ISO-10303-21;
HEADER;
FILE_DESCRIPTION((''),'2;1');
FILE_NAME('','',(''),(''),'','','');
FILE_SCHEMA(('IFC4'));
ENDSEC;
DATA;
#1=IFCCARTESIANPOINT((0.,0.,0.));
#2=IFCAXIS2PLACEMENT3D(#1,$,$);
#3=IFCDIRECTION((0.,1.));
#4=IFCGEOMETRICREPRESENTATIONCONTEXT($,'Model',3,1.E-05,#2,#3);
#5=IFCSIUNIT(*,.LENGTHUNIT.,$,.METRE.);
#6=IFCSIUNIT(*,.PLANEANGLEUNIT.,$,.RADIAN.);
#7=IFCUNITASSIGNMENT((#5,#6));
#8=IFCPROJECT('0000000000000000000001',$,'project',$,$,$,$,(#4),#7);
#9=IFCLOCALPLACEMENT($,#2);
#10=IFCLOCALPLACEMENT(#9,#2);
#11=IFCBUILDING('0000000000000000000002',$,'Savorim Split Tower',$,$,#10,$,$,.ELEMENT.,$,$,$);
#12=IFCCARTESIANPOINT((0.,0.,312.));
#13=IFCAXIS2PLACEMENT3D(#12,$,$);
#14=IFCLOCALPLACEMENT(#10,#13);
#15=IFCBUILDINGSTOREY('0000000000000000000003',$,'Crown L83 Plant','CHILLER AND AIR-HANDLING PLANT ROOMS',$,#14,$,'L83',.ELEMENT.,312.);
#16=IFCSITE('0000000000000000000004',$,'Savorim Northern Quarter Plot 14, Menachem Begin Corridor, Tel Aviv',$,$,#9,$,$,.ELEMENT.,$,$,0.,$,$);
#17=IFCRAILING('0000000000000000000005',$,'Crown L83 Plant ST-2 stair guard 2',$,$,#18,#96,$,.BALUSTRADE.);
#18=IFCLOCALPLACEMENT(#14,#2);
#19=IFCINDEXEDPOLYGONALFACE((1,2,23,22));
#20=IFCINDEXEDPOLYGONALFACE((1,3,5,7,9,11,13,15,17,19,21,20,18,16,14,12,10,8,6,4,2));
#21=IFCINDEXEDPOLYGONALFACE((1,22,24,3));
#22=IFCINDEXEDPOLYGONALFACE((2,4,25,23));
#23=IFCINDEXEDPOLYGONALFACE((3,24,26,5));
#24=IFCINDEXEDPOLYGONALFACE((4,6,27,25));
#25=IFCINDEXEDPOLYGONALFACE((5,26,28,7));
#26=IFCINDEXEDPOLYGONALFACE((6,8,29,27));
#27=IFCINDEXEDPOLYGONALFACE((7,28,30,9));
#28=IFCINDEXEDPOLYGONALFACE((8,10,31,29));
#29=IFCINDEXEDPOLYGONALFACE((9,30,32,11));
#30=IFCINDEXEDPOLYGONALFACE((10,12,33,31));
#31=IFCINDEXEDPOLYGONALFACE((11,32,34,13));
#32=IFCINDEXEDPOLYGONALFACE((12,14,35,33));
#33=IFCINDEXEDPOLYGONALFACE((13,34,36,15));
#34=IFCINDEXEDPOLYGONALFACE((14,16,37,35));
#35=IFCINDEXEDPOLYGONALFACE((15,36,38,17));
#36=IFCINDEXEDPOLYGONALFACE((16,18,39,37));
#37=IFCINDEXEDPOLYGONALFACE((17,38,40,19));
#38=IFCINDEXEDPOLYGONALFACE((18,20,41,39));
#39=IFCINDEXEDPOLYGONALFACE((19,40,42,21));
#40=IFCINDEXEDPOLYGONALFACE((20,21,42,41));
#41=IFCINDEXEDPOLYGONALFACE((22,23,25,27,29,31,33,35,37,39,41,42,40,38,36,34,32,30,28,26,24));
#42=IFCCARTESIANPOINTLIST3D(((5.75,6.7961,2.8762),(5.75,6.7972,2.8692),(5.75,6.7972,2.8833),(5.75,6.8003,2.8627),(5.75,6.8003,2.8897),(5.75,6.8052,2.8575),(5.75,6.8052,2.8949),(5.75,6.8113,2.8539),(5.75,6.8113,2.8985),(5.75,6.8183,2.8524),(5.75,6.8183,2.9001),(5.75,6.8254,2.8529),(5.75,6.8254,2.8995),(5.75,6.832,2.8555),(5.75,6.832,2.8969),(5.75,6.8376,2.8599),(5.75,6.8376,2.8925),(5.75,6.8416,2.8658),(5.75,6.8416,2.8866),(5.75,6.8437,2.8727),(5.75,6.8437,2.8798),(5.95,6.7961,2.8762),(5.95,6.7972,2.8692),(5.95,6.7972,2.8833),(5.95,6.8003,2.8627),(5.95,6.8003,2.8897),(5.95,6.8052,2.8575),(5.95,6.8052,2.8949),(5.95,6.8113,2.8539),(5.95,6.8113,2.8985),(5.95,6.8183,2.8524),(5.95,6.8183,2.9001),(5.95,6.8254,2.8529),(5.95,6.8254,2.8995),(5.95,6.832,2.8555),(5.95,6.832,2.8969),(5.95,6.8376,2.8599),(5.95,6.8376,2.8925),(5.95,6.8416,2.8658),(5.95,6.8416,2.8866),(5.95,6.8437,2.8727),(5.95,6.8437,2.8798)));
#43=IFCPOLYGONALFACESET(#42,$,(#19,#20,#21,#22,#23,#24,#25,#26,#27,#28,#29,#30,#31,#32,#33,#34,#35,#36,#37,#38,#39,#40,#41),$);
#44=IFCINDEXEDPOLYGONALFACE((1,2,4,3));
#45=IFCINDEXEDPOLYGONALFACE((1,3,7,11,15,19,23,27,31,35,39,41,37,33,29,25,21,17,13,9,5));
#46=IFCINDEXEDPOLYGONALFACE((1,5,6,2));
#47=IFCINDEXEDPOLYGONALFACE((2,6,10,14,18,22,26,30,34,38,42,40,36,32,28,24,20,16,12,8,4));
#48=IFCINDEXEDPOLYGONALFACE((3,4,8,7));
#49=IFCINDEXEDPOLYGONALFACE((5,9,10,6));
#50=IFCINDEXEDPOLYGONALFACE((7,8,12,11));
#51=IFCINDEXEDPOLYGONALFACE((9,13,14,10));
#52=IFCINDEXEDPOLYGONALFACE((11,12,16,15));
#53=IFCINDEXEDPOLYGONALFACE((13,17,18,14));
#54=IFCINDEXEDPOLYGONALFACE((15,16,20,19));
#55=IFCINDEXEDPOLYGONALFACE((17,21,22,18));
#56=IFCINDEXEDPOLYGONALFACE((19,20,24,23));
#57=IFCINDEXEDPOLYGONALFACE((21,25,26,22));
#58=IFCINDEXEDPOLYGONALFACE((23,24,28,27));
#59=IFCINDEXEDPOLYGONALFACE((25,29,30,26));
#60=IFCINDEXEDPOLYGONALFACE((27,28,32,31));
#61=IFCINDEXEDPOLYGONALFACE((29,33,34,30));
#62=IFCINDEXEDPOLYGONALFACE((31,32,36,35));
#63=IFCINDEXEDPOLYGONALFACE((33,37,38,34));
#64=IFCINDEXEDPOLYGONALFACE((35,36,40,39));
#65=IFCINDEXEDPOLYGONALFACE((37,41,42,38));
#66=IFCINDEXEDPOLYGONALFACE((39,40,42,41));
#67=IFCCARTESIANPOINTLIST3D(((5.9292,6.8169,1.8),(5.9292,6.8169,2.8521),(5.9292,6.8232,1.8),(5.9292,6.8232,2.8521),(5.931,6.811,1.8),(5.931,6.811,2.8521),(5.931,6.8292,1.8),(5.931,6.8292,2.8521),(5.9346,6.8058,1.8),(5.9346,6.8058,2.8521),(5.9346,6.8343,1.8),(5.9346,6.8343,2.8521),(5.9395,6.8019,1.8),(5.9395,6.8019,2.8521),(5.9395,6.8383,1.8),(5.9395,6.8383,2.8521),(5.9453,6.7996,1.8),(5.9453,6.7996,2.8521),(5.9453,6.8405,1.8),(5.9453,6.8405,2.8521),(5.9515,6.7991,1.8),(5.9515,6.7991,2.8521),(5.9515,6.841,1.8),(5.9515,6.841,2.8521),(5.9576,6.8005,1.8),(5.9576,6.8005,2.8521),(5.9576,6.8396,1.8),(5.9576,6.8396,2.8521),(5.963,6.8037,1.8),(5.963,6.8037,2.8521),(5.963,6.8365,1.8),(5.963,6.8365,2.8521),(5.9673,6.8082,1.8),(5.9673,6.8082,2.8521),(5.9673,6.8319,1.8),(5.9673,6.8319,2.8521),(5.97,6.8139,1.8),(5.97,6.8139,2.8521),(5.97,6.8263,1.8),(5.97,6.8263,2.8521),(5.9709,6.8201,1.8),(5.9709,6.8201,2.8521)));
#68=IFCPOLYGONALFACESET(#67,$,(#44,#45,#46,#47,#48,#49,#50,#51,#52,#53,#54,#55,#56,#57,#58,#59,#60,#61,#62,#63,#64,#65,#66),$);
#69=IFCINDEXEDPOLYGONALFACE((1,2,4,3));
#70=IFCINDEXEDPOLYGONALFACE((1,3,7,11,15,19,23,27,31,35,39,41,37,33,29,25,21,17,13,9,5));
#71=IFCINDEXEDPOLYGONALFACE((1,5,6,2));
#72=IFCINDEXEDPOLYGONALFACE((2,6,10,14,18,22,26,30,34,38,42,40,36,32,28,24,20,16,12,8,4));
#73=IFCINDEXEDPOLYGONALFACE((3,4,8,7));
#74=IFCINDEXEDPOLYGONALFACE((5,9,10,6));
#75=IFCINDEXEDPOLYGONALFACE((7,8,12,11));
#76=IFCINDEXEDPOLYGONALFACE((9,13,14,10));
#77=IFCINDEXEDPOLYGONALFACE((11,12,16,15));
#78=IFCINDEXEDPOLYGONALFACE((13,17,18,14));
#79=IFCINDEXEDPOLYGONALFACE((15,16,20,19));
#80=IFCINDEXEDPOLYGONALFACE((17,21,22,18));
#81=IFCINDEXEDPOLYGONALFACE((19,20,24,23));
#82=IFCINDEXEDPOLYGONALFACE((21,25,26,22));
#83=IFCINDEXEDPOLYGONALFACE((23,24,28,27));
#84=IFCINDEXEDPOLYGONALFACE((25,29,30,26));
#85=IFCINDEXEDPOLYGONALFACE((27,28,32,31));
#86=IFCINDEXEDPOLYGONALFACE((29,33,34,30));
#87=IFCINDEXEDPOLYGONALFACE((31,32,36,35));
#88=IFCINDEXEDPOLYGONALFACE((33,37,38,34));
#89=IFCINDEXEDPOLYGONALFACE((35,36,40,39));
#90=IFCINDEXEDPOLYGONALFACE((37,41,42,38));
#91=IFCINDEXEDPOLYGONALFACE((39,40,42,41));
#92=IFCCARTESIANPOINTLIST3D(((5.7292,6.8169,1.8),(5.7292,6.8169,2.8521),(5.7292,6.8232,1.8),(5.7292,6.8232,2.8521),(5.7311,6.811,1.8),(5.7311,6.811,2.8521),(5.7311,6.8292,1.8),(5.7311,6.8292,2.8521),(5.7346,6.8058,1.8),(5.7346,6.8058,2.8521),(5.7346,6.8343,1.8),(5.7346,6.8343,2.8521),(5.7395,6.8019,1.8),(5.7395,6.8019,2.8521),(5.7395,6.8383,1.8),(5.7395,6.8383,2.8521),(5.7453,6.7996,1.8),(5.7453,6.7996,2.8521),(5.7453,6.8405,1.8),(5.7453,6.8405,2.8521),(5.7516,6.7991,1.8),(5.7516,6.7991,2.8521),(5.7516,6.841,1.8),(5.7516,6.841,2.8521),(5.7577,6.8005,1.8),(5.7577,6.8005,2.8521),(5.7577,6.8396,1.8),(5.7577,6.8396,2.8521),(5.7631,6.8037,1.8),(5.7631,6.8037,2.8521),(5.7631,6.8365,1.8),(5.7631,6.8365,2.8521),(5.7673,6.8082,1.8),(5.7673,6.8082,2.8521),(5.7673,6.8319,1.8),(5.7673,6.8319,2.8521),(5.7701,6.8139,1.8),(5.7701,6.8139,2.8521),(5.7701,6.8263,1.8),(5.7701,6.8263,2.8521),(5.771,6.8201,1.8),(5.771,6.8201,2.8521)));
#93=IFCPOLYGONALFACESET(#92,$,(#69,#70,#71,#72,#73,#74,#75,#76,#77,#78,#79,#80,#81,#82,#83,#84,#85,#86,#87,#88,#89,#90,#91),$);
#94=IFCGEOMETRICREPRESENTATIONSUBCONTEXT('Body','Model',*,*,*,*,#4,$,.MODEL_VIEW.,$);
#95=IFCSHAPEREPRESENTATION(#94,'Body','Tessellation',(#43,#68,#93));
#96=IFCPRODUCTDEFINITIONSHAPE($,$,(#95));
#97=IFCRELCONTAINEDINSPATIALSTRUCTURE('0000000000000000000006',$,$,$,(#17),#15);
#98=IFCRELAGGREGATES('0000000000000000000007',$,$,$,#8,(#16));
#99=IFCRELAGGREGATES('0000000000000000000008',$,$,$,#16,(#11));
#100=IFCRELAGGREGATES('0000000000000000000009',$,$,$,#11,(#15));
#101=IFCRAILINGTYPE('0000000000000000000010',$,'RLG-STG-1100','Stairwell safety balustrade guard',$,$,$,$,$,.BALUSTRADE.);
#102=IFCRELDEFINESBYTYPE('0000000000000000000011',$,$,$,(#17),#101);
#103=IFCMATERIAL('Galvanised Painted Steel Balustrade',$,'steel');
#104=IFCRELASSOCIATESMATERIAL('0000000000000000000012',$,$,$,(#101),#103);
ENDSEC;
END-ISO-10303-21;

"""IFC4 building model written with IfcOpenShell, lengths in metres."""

from ifc_helpers import new_model, si_unit, direction, frame, origin, origin_2d, place, context, subcontext, project, spatial, circle, extrude, material, type_object, element, save


model = new_model("IFC4")

# Units and contexts
model_context = context("Model", 3, precision=1e-05, world=origin(), true_north=direction((0.0, 1.0)))
body_context = subcontext(model_context, "Body", "Model", "MODEL_VIEW")
ifc_project = project(units=[si_unit("LENGTHUNIT", "METRE"), si_unit("PLANEANGLEUNIT", "RADIAN")], contexts=[model_context])

# Site, building, storey
site_placement = place(None, origin())
site = spatial("IfcSite", under=ifc_project, at=site_placement, Name="Savorim Northern Quarter Plot 14, Menachem Begin Corridor, Tel Aviv", CompositionType="ELEMENT", RefElevation=0.0)
building_placement = place(site_placement, origin())
building = spatial("IfcBuilding", under=site, at=building_placement, Name="Savorim Split Tower", CompositionType="ELEMENT")
storey_placement = place(building_placement, frame((0.0, 0.0, 312.0)))
storey = spatial("IfcBuildingStorey", under=building, at=storey_placement, Name="Crown L83 Plant", Description="CHILLER AND AIR-HANDLING PLANT ROOMS", LongName="L83", CompositionType="ELEMENT", Elevation=312.0)

# Railing
ifc_material_1 = material(Name="Galvanised Painted Steel Balustrade", Category="steel")
railing_type_1 = type_object("IfcRailingType", Name="RLG-STG-1100", Description="Stairwell safety balustrade guard", PredefinedType="BALUSTRADE", material=ifc_material_1)
railing_1_placement = place(storey_placement, frame((5.95, 6.8201, 1.8)))
element("IfcRailing", 1, at=railing_1_placement, inside=storey, type_object=railing_type_1, Name="Crown L83 Plant ST-2 stair guard 2", PredefinedType="BALUSTRADE", context=body_context, shape_type="SweptSolid", body=[
    extrude(circle(Radius=0.0239, at=origin_2d()), frame((0.0, 0.0, 1.0762), z_axis=(-1.0, 0.0, 0.0), x_axis=(0.0, -1.0, 0.0)), (0.0, 0.0, 1.0), 0.2),
    extrude(circle(Radius=0.021, at=origin_2d()), origin(), (0.0, 0.0, 1.0), 1.052),
    extrude(circle(Radius=0.021, at=origin_2d()), frame((-0.2, 0.0, 0.0)), (0.0, 0.0, 1.0), 1.052),
])

save(model, "model.ifc")
